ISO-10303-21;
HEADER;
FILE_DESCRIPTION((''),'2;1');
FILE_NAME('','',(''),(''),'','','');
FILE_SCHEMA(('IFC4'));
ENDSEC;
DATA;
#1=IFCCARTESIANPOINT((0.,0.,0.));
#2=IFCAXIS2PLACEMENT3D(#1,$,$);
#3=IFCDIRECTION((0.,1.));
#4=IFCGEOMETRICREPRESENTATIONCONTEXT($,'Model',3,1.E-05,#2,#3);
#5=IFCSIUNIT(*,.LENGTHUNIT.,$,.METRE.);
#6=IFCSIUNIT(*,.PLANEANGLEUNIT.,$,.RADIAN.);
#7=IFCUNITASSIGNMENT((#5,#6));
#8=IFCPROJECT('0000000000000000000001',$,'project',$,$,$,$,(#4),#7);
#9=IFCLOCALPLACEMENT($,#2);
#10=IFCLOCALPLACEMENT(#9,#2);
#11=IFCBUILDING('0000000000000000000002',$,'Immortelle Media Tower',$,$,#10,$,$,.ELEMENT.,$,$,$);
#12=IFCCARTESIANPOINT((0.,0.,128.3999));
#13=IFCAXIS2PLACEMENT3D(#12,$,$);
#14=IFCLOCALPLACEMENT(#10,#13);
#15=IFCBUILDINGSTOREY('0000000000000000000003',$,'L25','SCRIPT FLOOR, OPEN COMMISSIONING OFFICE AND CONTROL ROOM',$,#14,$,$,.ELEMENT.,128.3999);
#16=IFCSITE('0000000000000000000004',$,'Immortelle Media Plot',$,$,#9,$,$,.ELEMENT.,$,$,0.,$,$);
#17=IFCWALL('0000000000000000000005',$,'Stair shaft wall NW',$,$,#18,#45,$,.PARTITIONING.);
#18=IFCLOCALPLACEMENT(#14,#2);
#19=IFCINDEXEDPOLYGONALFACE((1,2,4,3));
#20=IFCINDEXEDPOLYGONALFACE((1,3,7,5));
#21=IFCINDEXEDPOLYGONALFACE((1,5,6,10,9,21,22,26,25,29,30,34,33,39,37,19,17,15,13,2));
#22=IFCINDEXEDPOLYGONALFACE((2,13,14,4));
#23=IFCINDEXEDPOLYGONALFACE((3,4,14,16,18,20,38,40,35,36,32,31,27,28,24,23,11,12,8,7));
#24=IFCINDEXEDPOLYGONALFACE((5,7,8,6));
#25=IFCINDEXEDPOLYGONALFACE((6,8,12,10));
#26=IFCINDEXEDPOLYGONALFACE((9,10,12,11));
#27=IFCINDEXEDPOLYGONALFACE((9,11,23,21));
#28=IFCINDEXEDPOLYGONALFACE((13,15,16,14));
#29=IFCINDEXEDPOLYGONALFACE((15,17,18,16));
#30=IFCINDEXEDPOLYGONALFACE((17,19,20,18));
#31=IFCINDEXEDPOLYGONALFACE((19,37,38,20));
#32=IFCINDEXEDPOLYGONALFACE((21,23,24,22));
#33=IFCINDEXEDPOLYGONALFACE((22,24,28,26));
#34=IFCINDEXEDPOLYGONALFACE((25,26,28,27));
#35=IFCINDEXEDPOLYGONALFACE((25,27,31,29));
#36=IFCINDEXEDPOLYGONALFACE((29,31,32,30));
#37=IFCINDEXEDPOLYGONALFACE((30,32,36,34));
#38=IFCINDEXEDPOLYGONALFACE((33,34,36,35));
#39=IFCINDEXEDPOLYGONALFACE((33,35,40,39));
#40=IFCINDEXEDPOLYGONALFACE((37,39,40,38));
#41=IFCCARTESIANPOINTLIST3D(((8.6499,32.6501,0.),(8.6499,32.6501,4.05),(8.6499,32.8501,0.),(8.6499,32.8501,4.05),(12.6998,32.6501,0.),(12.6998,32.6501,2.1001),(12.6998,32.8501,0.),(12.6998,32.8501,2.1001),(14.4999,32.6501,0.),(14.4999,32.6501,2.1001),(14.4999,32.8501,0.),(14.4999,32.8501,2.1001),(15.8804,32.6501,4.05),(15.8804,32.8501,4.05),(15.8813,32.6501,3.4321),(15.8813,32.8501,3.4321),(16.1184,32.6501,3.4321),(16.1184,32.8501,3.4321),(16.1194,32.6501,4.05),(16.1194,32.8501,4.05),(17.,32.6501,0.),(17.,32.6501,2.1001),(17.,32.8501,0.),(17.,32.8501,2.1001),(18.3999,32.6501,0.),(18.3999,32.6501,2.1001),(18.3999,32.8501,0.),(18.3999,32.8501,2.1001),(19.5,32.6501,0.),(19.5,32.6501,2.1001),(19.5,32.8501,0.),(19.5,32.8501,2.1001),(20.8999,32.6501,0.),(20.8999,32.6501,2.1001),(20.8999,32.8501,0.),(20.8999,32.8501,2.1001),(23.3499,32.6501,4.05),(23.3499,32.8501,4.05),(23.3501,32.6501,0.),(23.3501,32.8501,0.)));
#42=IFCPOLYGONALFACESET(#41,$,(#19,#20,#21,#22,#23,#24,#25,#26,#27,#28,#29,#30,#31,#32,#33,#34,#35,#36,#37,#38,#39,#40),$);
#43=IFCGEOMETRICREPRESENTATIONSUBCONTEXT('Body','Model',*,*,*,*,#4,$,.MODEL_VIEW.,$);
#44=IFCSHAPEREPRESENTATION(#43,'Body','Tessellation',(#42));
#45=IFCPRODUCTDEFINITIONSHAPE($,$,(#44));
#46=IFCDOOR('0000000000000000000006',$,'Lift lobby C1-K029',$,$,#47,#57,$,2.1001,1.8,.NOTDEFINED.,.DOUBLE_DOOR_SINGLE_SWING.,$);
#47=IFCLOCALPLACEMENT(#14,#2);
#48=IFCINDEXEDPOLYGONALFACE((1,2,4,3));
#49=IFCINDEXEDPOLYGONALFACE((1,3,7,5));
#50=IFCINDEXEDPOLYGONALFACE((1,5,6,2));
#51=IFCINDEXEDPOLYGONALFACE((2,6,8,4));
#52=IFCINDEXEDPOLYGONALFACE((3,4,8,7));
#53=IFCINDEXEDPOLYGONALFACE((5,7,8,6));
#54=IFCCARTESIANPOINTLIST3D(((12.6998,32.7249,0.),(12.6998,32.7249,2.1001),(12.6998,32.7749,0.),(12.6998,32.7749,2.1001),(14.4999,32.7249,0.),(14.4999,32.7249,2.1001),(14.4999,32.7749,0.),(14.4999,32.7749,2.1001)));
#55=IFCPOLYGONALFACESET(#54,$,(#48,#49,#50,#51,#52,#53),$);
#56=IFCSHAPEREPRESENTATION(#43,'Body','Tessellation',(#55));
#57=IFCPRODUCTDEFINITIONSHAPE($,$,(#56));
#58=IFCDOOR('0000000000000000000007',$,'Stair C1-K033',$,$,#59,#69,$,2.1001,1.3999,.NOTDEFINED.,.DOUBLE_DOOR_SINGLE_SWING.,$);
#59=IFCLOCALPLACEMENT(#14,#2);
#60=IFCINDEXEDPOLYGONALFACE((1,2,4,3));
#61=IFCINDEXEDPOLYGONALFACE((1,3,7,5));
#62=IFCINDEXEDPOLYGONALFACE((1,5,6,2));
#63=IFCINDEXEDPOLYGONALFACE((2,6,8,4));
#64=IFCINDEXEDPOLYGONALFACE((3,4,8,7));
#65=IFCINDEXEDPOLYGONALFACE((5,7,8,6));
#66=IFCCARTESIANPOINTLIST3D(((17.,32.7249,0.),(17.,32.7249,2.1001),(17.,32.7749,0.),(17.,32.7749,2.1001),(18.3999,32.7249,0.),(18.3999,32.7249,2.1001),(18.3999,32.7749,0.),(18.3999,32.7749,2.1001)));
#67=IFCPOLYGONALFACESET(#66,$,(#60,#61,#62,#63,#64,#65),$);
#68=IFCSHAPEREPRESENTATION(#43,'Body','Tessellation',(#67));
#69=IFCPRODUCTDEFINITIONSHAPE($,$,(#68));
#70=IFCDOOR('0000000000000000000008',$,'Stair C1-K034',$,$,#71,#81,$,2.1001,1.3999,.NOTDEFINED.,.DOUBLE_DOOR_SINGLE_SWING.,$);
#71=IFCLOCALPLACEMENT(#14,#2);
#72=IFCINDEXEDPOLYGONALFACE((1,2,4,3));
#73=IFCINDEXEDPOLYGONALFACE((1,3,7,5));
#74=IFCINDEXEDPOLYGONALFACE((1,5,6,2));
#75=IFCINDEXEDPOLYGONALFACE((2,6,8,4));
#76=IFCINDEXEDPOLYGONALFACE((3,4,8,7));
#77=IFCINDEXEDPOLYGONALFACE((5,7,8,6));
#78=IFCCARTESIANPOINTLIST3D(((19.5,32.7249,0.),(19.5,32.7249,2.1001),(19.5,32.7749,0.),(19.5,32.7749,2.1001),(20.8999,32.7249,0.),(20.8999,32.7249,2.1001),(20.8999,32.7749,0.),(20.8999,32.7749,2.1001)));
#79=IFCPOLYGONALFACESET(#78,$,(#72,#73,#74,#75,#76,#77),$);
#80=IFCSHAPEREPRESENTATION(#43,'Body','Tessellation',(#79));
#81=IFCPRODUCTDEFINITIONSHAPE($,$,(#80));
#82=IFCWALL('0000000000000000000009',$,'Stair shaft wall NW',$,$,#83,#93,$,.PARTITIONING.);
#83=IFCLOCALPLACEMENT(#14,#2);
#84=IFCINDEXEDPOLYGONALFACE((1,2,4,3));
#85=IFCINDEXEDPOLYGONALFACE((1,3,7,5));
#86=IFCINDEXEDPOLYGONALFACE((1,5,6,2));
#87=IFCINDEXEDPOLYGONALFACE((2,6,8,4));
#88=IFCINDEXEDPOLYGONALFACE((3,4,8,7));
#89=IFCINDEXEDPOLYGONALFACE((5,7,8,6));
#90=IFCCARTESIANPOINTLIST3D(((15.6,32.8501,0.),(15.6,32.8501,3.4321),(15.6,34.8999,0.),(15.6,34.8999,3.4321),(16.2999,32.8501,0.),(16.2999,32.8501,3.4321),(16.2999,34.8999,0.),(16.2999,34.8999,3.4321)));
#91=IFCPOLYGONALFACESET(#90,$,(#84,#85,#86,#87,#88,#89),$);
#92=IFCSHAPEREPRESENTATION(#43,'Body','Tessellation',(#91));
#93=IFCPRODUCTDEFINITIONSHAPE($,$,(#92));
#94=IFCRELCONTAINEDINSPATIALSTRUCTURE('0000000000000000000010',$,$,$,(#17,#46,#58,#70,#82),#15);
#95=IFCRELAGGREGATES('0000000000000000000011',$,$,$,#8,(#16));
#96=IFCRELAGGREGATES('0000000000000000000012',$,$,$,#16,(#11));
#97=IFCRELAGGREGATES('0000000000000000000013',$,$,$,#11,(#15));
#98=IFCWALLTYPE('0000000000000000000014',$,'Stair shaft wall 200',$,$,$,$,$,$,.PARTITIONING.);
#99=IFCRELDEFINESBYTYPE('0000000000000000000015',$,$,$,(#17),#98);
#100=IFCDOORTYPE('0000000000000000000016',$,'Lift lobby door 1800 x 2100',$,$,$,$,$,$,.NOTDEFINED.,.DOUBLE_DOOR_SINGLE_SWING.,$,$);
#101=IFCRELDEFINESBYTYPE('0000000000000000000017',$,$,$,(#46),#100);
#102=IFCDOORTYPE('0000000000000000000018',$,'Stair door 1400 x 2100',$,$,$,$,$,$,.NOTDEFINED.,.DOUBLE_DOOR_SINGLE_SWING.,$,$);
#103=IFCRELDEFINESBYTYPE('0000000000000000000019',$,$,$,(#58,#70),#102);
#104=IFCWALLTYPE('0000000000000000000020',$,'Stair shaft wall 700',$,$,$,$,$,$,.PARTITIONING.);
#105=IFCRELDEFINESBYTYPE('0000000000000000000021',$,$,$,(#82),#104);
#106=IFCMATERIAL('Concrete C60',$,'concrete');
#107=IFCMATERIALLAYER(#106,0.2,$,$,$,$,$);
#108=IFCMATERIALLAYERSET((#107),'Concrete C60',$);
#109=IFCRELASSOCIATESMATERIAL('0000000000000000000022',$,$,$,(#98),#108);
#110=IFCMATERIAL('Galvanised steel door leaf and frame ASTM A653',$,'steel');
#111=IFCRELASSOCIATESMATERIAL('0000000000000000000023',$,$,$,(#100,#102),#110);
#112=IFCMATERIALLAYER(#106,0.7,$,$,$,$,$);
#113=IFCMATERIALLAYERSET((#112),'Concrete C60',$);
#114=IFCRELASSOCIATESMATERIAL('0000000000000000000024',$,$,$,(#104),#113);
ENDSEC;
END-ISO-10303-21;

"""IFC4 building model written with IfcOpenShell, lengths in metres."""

from ifc_helpers import new_model, si_unit, direction, frame, frame_2d, origin, place, context, subcontext, project, spatial, polyline, rectangle, outline, extrude, material, layer, layer_set, type_object, element, fill, save


model = new_model("IFC4")

# Units and contexts
model_context = context("Model", 3, precision=1e-05, world=origin(), true_north=direction((0.0, 1.0)))
body_context = subcontext(model_context, "Body", "Model", "MODEL_VIEW")
ifc_project = project(units=[si_unit("LENGTHUNIT", "METRE"), si_unit("PLANEANGLEUNIT", "RADIAN")], contexts=[model_context])

# Site, building, storey
site_placement = place(None, origin())
site = spatial("IfcSite", under=ifc_project, at=site_placement, Name="Immortelle Media Plot", CompositionType="ELEMENT", RefElevation=0.0)
building_placement = place(site_placement, origin())
building = spatial("IfcBuilding", under=site, at=building_placement, Name="Immortelle Media Tower", CompositionType="ELEMENT")
storey_placement = place(building_placement, frame((0.0, 0.0, 128.3999)))
storey = spatial("IfcBuildingStorey", under=building, at=storey_placement, Name="L25", Description="SCRIPT FLOOR, OPEN COMMISSIONING OFFICE AND CONTROL ROOM", CompositionType="ELEMENT", Elevation=128.3999)

# Shared definitions
ifc_material_1 = material(Name="Galvanised steel door leaf and frame ASTM A653", Category="steel")

# Wall, openings, doors
ifc_material_2 = material(Name="Concrete C60", Category="concrete")
ifc_layer_1 = layer(ifc_material_2, 0.2)
ifc_layer_set_1 = layer_set([ifc_layer_1], Name="Concrete C60")
wall_type_1 = type_object("IfcWallType", Name="Stair shaft wall 200", PredefinedType="PARTITIONING", material=ifc_layer_set_1)
wall_1_placement = place(storey_placement, frame((8.6499, 32.75, 0.0), z_axis=(0.0, 0.0, 1.0), x_axis=(1.0, 0.0, 0.0)))
wall_1 = element("IfcWall", 1, at=wall_1_placement, inside=storey, type_object=wall_type_1, Name="Stair shaft wall NW", PredefinedType="PARTITIONING", context=body_context, shape_type="SweptSolid", body=[
    extrude(outline(polyline([(0.0, 0.0), (14.7002, 0.0), (14.7, 4.05), (7.4695, 4.05), (7.4685, 3.4321), (7.2314, 3.4321), (7.2305, 4.05), (0.0, 4.05), (0.0, 0.0)])), frame((0.0, 0.1001, 0.0), z_axis=(0.0, -1.0, 0.0), x_axis=(1.0, 0.0, 0.0)), (0.0, 0.0, 1.0), 0.2),
])
opening_1_placement = place(wall_1_placement, frame((4.05, 0.0, 0.0)))
opening_1 = element("IfcOpeningElement", 2, at=opening_1_placement, cuts=wall_1, PredefinedType="OPENING", context=body_context, shape_type="SweptSolid", body=[
    extrude(rectangle(XDim=1.8, YDim=2.1001, at=frame_2d((0.8999, 1.05))), frame((0.0, 0.1099, 0.0), z_axis=(0.0, -1.0, 0.0), x_axis=(1.0, 0.0, 0.0)), (0.0, 0.0, 1.0), 0.22),
])
opening_2_placement = place(wall_1_placement, frame((8.3501, 0.0, 0.0)))
opening_2 = element("IfcOpeningElement", 3, at=opening_2_placement, cuts=wall_1, PredefinedType="OPENING", context=body_context, shape_type="SweptSolid", body=[
    extrude(rectangle(XDim=1.3999, YDim=2.1001, at=frame_2d((0.7, 1.05))), frame((0.0, 0.1099, 0.0), z_axis=(0.0, -1.0, 0.0), x_axis=(1.0, 0.0, 0.0)), (0.0, 0.0, 1.0), 0.22),
])
opening_3_placement = place(wall_1_placement, frame((10.8501, 0.0, 0.0)))
opening_3 = element("IfcOpeningElement", 4, at=opening_3_placement, cuts=wall_1, PredefinedType="OPENING", context=body_context, shape_type="SweptSolid", body=[
    extrude(rectangle(XDim=1.3999, YDim=2.1001, at=frame_2d((0.7, 1.05))), frame((0.0, 0.1099, 0.0), z_axis=(0.0, -1.0, 0.0), x_axis=(1.0, 0.0, 0.0)), (0.0, 0.0, 1.0), 0.22),
])
door_type_1 = type_object("IfcDoorType", Name="Lift lobby door 1800 x 2100", OperationType="DOUBLE_DOOR_SINGLE_SWING", PredefinedType="NOTDEFINED", material=ifc_material_1)
door_1_placement = place(opening_1_placement, origin())
door_1 = element("IfcDoor", 5, at=door_1_placement, inside=storey, type_object=door_type_1, Name="Lift lobby C1-K029", OperationType="DOUBLE_DOOR_SINGLE_SWING", OverallHeight=2.1001, OverallWidth=1.8, PredefinedType="NOTDEFINED", context=body_context, shape_type="SweptSolid", body=[
    extrude(rectangle(XDim=1.8, YDim=2.1001, at=frame_2d((0.8999, 1.05))), frame((0.0, 0.0249, 0.0), z_axis=(0.0, -1.0, 0.0), x_axis=(1.0, 0.0, 0.0)), (0.0, 0.0, 1.0), 0.05),
])
fill(opening_1, door_1)
door_type_2 = type_object("IfcDoorType", Name="Stair door 1400 x 2100", OperationType="DOUBLE_DOOR_SINGLE_SWING", PredefinedType="NOTDEFINED", material=ifc_material_1)
door_2_placement = place(opening_2_placement, origin())
door_2 = element("IfcDoor", 6, at=door_2_placement, inside=storey, type_object=door_type_2, Name="Stair C1-K033", OperationType="DOUBLE_DOOR_SINGLE_SWING", OverallHeight=2.1001, OverallWidth=1.3999, PredefinedType="NOTDEFINED", context=body_context, shape_type="SweptSolid", body=[
    extrude(rectangle(XDim=1.3999, YDim=2.1001, at=frame_2d((0.7, 1.05))), frame((0.0, 0.0249, 0.0), z_axis=(0.0, -1.0, 0.0), x_axis=(1.0, 0.0, 0.0)), (0.0, 0.0, 1.0), 0.05),
])
fill(opening_2, door_2)
door_3_placement = place(opening_3_placement, origin())
door_3 = element("IfcDoor", 7, at=door_3_placement, inside=storey, type_object=door_type_2, Name="Stair C1-K034", OperationType="DOUBLE_DOOR_SINGLE_SWING", OverallHeight=2.1001, OverallWidth=1.3999, PredefinedType="NOTDEFINED", context=body_context, shape_type="SweptSolid", body=[
    extrude(rectangle(XDim=1.3999, YDim=2.1001, at=frame_2d((0.7, 1.05))), frame((0.0, 0.0249, 0.0), z_axis=(0.0, -1.0, 0.0), x_axis=(1.0, 0.0, 0.0)), (0.0, 0.0, 1.0), 0.05),
])
fill(opening_3, door_3)

# Wall
ifc_layer_2 = layer(ifc_material_2, 0.7)
ifc_layer_set_2 = layer_set([ifc_layer_2], Name="Concrete C60")
wall_type_2 = type_object("IfcWallType", Name="Stair shaft wall 700", PredefinedType="PARTITIONING", material=ifc_layer_set_2)
wall_2_placement = place(storey_placement, frame((15.95, 32.8501, 0.0), z_axis=(0.0, 0.0, 1.0), x_axis=(0.0, 1.0, 0.0)))
element("IfcWall", 8, at=wall_2_placement, inside=storey, type_object=wall_type_2, Name="Stair shaft wall NW", PredefinedType="PARTITIONING", context=body_context, shape_type="SweptSolid", body=[
    extrude(rectangle(XDim=2.0498, YDim=0.7, at=frame_2d((1.0249, 0.0))), origin(), (0.0, 0.0, 1.0), 3.4321),
])

save(model, "model.ifc")
